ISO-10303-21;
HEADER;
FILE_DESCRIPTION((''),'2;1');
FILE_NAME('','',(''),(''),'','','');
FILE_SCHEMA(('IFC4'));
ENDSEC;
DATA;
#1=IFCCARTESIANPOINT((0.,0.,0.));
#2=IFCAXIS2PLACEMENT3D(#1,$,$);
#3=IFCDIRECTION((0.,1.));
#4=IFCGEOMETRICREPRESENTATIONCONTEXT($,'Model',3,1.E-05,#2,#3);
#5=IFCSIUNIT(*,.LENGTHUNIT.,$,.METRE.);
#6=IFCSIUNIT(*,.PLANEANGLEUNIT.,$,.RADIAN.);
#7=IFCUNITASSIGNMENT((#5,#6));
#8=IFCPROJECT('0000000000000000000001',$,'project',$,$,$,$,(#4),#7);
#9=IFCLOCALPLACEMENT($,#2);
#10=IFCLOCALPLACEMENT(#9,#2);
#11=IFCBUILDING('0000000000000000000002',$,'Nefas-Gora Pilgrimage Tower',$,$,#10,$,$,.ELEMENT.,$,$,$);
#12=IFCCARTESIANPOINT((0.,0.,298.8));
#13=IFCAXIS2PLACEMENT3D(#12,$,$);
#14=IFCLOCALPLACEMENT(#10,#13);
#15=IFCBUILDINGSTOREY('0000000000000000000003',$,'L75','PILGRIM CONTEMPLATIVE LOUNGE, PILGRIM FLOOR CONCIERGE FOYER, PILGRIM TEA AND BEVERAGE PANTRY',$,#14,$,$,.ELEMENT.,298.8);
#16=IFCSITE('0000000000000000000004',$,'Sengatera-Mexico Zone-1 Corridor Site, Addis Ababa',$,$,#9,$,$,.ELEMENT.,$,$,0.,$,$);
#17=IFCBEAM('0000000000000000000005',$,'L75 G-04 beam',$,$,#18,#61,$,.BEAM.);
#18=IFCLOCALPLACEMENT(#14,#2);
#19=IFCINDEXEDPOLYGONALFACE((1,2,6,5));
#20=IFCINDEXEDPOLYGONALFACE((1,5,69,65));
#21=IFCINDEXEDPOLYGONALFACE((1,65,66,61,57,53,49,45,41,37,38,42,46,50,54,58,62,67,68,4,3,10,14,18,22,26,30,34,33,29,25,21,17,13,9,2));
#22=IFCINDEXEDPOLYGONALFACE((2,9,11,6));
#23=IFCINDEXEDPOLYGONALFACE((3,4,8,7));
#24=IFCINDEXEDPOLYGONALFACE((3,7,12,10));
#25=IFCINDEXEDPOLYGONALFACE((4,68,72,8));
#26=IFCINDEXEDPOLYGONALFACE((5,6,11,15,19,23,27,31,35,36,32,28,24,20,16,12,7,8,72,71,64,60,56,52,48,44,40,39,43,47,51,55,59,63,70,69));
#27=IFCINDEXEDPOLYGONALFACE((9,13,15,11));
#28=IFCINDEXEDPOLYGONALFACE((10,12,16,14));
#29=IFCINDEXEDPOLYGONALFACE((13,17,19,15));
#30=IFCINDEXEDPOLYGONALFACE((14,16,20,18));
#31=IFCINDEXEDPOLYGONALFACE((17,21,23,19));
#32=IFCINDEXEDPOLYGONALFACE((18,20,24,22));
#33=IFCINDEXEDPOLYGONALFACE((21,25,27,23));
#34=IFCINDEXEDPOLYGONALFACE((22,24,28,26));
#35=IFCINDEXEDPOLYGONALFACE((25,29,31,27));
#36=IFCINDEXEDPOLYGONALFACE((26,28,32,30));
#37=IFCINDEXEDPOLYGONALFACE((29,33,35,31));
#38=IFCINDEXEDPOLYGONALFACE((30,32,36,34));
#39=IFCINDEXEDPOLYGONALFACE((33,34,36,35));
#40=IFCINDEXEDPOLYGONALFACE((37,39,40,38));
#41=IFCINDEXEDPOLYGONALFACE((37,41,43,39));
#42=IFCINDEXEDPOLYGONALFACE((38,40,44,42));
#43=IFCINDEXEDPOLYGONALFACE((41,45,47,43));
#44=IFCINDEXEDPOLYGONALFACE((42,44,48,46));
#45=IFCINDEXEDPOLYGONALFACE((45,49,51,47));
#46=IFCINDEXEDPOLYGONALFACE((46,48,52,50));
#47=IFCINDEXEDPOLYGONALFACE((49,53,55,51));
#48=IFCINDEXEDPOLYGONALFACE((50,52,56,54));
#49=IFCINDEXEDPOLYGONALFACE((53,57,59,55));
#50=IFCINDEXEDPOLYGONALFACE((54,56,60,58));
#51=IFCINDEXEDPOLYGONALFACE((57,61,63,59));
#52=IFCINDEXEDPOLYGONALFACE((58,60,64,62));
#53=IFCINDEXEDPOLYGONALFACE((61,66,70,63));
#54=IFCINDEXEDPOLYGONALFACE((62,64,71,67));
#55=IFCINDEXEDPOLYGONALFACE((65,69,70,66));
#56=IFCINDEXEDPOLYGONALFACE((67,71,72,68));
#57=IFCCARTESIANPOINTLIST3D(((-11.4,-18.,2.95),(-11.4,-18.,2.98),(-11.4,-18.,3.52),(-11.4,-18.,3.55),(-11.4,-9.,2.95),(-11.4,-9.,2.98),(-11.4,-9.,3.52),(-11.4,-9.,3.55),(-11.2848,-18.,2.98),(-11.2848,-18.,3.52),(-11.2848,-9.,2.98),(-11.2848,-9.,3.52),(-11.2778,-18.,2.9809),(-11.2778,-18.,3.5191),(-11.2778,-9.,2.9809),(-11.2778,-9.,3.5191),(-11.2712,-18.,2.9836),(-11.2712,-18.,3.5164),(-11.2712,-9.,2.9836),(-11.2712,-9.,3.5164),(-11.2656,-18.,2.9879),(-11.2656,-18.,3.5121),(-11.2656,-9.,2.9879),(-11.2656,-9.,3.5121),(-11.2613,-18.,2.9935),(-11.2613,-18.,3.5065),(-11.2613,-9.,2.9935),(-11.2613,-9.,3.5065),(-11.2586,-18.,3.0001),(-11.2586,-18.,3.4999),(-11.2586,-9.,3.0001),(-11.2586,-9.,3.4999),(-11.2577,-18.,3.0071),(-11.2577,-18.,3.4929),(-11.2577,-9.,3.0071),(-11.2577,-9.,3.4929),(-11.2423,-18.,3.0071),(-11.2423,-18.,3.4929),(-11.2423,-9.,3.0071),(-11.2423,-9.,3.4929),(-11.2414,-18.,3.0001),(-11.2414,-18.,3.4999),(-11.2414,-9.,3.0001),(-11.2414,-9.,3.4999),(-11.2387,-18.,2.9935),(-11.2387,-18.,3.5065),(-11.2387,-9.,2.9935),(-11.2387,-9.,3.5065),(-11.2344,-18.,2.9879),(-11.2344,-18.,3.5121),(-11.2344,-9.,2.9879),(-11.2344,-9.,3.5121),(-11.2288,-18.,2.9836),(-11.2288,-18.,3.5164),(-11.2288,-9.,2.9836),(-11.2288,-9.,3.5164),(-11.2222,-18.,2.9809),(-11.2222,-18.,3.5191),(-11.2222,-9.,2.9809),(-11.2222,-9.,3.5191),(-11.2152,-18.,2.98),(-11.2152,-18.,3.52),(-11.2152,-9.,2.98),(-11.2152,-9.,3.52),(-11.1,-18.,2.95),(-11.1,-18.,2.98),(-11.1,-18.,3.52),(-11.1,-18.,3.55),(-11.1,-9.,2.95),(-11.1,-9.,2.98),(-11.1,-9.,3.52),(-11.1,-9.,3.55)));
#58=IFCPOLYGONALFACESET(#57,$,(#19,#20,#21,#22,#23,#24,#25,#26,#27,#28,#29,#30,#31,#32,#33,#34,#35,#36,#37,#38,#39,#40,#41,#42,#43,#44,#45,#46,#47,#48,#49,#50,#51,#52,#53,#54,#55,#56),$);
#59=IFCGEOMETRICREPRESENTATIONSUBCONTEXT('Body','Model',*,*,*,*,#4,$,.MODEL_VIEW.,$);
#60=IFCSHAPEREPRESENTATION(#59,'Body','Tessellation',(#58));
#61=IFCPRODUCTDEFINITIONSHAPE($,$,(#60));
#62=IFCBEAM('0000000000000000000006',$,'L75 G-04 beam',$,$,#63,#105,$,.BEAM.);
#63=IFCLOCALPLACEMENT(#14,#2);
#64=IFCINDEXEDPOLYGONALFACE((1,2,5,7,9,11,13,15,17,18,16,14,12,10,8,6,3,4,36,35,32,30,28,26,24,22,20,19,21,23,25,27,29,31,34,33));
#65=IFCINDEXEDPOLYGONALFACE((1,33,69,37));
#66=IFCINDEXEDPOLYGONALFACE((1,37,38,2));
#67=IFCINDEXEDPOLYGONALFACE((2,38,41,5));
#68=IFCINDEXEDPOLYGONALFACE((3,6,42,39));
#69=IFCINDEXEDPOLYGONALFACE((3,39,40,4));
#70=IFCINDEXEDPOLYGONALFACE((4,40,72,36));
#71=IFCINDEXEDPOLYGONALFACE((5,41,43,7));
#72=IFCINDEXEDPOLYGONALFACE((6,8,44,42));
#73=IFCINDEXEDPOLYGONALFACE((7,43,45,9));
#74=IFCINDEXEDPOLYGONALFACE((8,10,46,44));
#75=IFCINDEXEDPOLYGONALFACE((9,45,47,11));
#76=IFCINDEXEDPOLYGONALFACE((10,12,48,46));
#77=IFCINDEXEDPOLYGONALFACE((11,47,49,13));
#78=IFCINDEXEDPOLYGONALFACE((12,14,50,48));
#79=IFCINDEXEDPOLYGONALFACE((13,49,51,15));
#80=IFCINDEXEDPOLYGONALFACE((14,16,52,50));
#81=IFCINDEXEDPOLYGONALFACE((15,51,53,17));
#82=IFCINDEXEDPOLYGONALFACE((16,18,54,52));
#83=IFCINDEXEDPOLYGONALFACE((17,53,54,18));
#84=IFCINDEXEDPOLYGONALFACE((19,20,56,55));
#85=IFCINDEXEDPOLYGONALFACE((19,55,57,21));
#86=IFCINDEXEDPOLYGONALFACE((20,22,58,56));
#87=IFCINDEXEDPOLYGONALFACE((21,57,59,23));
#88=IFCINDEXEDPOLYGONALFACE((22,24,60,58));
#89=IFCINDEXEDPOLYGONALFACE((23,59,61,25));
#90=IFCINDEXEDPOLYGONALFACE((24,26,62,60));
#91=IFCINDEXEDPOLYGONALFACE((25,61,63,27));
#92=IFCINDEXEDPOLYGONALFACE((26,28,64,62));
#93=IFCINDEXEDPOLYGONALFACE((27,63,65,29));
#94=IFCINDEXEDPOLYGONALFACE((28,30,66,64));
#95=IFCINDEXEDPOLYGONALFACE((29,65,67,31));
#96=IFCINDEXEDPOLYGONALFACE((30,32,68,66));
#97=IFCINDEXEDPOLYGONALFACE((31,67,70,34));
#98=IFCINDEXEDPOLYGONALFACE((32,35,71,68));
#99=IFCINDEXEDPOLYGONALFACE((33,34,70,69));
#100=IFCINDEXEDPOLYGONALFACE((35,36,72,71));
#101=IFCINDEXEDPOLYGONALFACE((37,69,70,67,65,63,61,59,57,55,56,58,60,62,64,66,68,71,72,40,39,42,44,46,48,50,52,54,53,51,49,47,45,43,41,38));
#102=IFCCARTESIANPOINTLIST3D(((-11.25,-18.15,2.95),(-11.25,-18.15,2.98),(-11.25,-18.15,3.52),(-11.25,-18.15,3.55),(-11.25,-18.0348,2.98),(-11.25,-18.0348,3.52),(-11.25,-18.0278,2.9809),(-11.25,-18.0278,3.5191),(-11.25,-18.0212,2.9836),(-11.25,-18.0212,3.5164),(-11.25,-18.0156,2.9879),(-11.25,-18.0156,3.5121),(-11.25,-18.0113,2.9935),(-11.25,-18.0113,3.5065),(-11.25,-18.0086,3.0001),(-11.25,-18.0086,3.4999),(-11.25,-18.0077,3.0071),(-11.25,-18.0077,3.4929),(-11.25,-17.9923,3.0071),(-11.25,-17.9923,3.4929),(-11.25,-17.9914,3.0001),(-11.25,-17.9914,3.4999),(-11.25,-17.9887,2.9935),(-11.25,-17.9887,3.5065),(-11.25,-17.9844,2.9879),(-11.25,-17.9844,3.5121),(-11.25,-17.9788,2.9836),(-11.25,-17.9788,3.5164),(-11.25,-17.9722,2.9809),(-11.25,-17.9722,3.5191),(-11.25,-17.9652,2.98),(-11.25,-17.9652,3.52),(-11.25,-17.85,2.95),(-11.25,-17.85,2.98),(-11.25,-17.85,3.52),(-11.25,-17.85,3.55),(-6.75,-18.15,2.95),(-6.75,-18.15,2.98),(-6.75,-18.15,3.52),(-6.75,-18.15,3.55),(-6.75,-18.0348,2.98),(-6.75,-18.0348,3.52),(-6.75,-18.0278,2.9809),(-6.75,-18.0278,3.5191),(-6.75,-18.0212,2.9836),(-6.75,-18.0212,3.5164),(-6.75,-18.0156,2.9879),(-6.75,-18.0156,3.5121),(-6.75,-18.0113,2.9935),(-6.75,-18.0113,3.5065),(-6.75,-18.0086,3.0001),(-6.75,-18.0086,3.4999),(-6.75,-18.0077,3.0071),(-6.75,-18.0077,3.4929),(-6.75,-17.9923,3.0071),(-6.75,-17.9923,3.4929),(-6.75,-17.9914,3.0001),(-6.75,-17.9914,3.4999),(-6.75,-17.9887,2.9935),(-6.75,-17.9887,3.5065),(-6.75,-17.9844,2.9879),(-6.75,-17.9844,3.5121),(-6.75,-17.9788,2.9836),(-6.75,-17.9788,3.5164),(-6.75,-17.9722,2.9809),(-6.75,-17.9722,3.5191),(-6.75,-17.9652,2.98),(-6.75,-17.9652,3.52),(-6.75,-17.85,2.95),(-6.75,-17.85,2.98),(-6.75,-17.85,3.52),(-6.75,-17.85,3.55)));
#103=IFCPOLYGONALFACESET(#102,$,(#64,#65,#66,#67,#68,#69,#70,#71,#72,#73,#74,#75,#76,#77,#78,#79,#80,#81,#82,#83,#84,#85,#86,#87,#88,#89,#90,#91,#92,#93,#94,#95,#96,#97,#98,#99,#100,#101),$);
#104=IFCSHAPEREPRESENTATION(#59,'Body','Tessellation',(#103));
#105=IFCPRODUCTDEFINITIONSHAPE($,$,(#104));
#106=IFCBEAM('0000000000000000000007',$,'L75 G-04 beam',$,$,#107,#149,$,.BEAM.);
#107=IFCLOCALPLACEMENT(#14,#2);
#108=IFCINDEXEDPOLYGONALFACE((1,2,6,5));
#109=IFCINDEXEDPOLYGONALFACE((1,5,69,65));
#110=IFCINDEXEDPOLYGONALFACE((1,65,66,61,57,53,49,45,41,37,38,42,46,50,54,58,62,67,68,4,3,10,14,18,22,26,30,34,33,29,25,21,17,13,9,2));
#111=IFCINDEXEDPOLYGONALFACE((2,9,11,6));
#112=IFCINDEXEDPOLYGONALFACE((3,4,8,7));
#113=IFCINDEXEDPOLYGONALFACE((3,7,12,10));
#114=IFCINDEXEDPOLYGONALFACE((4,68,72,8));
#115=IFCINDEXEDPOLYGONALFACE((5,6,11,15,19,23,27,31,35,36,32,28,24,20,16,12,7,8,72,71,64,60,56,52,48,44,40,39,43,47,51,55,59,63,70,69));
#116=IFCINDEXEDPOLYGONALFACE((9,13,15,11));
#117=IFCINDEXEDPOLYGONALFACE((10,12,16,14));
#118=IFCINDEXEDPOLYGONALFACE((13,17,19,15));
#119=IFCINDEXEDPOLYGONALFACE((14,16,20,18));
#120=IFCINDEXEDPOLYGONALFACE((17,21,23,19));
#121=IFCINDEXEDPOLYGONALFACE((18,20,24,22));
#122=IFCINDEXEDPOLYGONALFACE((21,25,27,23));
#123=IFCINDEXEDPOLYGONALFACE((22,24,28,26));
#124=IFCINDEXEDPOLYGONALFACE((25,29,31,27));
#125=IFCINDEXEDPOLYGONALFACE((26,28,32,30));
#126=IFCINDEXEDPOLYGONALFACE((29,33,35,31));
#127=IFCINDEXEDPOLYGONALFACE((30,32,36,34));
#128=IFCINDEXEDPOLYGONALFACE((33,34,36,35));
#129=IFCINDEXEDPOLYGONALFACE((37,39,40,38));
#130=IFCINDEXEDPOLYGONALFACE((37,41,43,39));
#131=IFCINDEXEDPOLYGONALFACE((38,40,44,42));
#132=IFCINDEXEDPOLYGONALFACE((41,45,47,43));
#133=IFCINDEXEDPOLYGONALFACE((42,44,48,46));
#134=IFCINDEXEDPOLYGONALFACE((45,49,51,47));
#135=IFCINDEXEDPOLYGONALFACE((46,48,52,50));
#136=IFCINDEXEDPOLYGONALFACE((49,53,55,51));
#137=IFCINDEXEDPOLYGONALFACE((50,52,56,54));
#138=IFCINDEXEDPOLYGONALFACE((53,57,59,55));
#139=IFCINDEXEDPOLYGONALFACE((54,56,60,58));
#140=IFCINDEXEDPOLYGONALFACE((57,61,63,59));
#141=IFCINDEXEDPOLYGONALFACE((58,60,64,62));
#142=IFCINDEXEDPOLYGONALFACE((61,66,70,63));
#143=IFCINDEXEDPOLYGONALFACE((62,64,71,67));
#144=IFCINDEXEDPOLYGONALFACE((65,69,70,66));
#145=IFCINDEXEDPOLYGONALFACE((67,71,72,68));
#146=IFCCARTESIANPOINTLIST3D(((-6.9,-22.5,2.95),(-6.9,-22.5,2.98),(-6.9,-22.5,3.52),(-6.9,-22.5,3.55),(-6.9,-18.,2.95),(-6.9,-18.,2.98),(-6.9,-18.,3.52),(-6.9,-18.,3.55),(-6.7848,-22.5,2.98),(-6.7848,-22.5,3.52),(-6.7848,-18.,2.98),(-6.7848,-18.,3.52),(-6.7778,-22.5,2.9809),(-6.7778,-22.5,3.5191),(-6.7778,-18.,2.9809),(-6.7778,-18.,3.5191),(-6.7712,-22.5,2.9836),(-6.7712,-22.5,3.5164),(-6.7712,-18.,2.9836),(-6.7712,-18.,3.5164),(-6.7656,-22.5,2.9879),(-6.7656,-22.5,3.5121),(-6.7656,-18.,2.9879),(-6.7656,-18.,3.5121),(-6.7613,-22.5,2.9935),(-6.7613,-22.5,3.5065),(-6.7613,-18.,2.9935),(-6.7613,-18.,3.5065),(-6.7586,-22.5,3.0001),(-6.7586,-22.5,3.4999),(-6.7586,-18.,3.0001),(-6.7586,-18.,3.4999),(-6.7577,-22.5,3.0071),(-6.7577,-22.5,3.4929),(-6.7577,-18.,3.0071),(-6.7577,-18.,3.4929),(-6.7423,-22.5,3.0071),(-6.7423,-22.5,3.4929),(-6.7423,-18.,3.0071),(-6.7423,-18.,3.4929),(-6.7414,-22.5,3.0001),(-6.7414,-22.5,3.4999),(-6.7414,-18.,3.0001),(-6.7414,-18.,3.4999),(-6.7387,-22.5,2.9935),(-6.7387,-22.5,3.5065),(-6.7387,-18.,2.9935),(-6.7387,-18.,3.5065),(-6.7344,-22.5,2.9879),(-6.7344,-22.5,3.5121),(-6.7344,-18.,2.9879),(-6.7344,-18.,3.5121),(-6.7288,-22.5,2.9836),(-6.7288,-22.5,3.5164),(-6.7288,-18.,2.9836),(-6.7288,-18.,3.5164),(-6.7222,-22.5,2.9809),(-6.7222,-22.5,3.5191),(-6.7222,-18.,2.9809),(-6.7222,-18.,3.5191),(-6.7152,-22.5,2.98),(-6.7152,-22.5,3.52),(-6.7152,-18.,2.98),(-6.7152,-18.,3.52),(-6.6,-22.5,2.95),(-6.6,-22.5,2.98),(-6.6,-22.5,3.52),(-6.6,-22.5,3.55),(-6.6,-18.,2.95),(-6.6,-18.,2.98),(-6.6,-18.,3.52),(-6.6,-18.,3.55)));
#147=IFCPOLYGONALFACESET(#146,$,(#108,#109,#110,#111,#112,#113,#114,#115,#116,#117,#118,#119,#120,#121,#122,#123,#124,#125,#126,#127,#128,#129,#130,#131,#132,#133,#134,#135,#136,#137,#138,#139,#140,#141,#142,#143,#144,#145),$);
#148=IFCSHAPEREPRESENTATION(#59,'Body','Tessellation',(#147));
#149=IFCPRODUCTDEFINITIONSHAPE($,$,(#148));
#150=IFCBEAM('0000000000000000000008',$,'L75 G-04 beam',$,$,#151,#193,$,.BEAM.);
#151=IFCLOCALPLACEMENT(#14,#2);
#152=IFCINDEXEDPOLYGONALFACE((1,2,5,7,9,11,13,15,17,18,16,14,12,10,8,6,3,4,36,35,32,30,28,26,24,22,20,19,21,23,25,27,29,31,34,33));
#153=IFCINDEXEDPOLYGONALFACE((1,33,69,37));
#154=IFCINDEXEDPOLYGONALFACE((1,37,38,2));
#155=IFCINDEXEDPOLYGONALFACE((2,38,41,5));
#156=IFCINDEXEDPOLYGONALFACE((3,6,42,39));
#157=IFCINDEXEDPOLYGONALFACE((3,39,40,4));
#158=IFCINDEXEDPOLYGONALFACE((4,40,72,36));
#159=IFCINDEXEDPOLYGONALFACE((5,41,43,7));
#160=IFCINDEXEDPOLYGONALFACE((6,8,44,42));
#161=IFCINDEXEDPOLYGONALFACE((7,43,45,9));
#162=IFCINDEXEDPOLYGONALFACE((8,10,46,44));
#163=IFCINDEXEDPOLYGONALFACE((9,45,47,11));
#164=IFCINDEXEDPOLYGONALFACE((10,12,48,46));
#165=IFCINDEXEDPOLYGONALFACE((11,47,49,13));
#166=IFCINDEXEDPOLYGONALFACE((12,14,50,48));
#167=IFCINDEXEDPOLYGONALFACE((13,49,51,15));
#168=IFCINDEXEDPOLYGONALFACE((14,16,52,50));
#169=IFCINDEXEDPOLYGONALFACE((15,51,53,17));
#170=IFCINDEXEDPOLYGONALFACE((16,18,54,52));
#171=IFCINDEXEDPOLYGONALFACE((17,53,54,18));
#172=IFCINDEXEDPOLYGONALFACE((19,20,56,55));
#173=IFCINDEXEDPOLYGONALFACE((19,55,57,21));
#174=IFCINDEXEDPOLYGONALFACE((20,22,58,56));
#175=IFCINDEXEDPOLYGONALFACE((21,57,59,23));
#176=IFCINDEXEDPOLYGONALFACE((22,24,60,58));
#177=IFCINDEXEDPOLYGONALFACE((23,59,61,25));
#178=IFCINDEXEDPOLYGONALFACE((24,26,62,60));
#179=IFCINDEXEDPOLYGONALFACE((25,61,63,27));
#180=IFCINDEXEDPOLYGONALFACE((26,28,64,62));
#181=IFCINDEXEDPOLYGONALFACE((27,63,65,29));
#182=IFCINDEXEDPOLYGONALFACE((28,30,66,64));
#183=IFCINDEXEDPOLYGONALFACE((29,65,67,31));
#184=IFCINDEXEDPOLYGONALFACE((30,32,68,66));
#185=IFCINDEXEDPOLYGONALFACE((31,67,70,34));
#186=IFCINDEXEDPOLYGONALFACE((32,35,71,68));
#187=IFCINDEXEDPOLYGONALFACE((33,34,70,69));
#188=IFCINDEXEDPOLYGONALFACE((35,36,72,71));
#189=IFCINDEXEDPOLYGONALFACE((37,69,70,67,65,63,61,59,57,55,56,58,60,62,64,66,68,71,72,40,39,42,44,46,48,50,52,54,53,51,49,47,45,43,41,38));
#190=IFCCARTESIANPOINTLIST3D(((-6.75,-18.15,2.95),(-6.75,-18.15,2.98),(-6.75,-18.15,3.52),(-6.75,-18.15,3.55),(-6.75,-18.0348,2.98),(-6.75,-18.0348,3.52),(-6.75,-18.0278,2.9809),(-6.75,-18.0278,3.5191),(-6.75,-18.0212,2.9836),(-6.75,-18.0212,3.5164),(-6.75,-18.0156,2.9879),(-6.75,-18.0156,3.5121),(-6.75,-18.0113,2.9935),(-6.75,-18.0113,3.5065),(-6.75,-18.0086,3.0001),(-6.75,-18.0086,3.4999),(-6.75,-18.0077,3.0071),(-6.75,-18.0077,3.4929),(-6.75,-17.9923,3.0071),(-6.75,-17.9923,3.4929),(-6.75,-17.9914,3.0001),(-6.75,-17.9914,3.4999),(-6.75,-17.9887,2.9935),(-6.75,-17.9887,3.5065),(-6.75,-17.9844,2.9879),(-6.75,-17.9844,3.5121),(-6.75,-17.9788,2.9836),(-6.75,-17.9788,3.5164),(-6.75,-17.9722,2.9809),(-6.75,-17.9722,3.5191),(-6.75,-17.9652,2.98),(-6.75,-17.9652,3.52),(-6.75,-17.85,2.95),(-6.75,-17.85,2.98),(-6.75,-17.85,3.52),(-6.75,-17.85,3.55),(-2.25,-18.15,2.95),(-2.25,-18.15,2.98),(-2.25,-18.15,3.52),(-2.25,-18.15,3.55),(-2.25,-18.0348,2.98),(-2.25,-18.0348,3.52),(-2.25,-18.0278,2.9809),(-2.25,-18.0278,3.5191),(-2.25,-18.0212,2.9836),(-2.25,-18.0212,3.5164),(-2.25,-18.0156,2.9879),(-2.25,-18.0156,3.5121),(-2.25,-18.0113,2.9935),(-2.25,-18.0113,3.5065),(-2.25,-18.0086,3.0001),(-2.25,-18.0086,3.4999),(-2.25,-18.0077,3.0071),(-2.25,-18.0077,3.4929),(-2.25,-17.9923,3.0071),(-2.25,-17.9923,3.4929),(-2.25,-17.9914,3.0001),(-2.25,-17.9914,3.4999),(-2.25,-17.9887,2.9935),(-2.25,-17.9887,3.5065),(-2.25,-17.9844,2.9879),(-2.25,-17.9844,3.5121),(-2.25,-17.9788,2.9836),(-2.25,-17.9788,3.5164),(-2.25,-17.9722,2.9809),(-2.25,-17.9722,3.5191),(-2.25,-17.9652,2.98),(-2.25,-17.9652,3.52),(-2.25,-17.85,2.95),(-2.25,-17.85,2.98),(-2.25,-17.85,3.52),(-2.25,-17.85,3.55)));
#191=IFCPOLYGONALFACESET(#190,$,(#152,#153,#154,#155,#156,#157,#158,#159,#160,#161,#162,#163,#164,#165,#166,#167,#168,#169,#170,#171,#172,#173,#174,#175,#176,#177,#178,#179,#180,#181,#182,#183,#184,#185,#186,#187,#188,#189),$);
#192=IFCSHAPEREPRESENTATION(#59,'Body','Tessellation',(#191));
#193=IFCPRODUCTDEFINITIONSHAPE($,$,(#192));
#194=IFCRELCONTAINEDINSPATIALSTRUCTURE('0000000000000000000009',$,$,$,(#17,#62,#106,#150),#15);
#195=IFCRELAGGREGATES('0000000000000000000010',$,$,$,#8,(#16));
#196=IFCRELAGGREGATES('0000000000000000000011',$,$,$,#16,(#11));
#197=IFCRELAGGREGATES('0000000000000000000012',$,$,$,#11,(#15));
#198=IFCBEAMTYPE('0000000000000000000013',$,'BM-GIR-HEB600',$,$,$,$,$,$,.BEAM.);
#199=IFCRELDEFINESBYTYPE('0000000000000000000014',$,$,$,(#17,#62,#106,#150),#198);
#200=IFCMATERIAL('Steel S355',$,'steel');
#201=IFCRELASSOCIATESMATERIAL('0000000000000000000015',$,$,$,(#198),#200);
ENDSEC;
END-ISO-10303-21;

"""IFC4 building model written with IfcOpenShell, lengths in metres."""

from ifc_helpers import new_model, si_unit, direction, frame, origin, origin_2d, place, context, subcontext, project, spatial, i_section, extrude, source, transform, mapped, material, material_profile, profile_set, type_object, element, save


model = new_model("IFC4")

# Units and contexts
model_context = context("Model", 3, precision=1e-05, world=origin(), true_north=direction((0.0, 1.0)))
body_context = subcontext(model_context, "Body", "Model", "MODEL_VIEW")
ifc_project = project(units=[si_unit("LENGTHUNIT", "METRE"), si_unit("PLANEANGLEUNIT", "RADIAN")], contexts=[model_context])

# Site, building, storey
site_placement = place(None, origin())
site = spatial("IfcSite", under=ifc_project, at=site_placement, Name="Sengatera-Mexico Zone-1 Corridor Site, Addis Ababa", CompositionType="ELEMENT", RefElevation=0.0)
building_placement = place(site_placement, origin())
building = spatial("IfcBuilding", under=site, at=building_placement, Name="Nefas-Gora Pilgrimage Tower", CompositionType="ELEMENT")
storey_placement = place(building_placement, frame((0.0, 0.0, 298.8)))
storey = spatial("IfcBuildingStorey", under=building, at=storey_placement, Name="L75", Description="PILGRIM CONTEMPLATIVE LOUNGE, PILGRIM FLOOR CONCIERGE FOYER, PILGRIM TEA AND BEVERAGE PANTRY", CompositionType="ELEMENT", Elevation=298.8)

# Shared definitions
ifc_material_1 = material(Name="Steel S355", Category="steel")

# Beams
ifc_material_profile_1 = material_profile(ifc_material_1, i_section(OverallWidth=0.3, OverallDepth=0.6001, WebThickness=0.0154, FlangeThickness=0.03, FilletRadius=0.0271, at=origin_2d()), Name="HEB 600")
ifc_profile_set_1 = profile_set([ifc_material_profile_1], Name="Steel S355")
beam_type_1 = type_object("IfcBeamType", Name="BM-GIR-HEB600", PredefinedType="BEAM", material=ifc_profile_set_1)
shared_shape_1 = source(origin(), body_context, "Body", "SweptSolid", [
    extrude(i_section(OverallWidth=0.3, OverallDepth=0.6001, WebThickness=0.0154, FlangeThickness=0.03, FilletRadius=0.0271, at=origin_2d()), origin(), (0.0, 0.0, 1.0), 9.0),
])
beam_1_placement = place(storey_placement, frame((-11.25, -18.0, 3.25), z_axis=(0.0, 1.0, 0.0), x_axis=(-1.0, 0.0, 0.0)))
element("IfcBeam", 1, at=beam_1_placement, inside=storey, type_object=beam_type_1, Name="L75 G-04 beam", PredefinedType="BEAM", context=body_context, shape_type="MappedRepresentation", body=[
    mapped(shared_shape_1, transform((0.0, 0.0, 0.0), x_axis=(1.0, 0.0, 0.0), y_axis=(0.0, 1.0, 0.0), z_axis=(0.0, 0.0, 1.0), scale=1.0)),
])
shared_shape_2 = source(origin(), body_context, "Body", "SweptSolid", [
    extrude(i_section(OverallWidth=0.3, OverallDepth=0.6001, WebThickness=0.0154, FlangeThickness=0.03, FilletRadius=0.0271, at=origin_2d()), origin(), (0.0, 0.0, 1.0), 4.5),
])
for number, where, z_axis, x_axis, name in (
    (2, (-11.25, -18.0, 3.25), (1.0, 0.0, 0.0), (0.0, 1.0, 0.0), "L75 G-04 beam"),
    (3, (-6.75, -22.5, 3.25), (0.0, 1.0, 0.0), (-1.0, 0.0, 0.0), "L75 G-04 beam"),
    (4, (-6.75, -18.0, 3.25), (1.0, 0.0, 0.0), (0.0, 1.0, 0.0), "L75 G-04 beam"),
):
    element("IfcBeam", number, at=place(storey_placement, frame(where, z_axis=z_axis, x_axis=x_axis)), inside=storey, type_object=beam_type_1, Name=name, PredefinedType="BEAM", context=body_context, shape_type="MappedRepresentation", body=[
        mapped(shared_shape_2, transform((0.0, 0.0, 0.0), x_axis=(1.0, 0.0, 0.0), y_axis=(0.0, 1.0, 0.0), z_axis=(0.0, 0.0, 1.0), scale=1.0)),
    ])

save(model, "model.ifc")
